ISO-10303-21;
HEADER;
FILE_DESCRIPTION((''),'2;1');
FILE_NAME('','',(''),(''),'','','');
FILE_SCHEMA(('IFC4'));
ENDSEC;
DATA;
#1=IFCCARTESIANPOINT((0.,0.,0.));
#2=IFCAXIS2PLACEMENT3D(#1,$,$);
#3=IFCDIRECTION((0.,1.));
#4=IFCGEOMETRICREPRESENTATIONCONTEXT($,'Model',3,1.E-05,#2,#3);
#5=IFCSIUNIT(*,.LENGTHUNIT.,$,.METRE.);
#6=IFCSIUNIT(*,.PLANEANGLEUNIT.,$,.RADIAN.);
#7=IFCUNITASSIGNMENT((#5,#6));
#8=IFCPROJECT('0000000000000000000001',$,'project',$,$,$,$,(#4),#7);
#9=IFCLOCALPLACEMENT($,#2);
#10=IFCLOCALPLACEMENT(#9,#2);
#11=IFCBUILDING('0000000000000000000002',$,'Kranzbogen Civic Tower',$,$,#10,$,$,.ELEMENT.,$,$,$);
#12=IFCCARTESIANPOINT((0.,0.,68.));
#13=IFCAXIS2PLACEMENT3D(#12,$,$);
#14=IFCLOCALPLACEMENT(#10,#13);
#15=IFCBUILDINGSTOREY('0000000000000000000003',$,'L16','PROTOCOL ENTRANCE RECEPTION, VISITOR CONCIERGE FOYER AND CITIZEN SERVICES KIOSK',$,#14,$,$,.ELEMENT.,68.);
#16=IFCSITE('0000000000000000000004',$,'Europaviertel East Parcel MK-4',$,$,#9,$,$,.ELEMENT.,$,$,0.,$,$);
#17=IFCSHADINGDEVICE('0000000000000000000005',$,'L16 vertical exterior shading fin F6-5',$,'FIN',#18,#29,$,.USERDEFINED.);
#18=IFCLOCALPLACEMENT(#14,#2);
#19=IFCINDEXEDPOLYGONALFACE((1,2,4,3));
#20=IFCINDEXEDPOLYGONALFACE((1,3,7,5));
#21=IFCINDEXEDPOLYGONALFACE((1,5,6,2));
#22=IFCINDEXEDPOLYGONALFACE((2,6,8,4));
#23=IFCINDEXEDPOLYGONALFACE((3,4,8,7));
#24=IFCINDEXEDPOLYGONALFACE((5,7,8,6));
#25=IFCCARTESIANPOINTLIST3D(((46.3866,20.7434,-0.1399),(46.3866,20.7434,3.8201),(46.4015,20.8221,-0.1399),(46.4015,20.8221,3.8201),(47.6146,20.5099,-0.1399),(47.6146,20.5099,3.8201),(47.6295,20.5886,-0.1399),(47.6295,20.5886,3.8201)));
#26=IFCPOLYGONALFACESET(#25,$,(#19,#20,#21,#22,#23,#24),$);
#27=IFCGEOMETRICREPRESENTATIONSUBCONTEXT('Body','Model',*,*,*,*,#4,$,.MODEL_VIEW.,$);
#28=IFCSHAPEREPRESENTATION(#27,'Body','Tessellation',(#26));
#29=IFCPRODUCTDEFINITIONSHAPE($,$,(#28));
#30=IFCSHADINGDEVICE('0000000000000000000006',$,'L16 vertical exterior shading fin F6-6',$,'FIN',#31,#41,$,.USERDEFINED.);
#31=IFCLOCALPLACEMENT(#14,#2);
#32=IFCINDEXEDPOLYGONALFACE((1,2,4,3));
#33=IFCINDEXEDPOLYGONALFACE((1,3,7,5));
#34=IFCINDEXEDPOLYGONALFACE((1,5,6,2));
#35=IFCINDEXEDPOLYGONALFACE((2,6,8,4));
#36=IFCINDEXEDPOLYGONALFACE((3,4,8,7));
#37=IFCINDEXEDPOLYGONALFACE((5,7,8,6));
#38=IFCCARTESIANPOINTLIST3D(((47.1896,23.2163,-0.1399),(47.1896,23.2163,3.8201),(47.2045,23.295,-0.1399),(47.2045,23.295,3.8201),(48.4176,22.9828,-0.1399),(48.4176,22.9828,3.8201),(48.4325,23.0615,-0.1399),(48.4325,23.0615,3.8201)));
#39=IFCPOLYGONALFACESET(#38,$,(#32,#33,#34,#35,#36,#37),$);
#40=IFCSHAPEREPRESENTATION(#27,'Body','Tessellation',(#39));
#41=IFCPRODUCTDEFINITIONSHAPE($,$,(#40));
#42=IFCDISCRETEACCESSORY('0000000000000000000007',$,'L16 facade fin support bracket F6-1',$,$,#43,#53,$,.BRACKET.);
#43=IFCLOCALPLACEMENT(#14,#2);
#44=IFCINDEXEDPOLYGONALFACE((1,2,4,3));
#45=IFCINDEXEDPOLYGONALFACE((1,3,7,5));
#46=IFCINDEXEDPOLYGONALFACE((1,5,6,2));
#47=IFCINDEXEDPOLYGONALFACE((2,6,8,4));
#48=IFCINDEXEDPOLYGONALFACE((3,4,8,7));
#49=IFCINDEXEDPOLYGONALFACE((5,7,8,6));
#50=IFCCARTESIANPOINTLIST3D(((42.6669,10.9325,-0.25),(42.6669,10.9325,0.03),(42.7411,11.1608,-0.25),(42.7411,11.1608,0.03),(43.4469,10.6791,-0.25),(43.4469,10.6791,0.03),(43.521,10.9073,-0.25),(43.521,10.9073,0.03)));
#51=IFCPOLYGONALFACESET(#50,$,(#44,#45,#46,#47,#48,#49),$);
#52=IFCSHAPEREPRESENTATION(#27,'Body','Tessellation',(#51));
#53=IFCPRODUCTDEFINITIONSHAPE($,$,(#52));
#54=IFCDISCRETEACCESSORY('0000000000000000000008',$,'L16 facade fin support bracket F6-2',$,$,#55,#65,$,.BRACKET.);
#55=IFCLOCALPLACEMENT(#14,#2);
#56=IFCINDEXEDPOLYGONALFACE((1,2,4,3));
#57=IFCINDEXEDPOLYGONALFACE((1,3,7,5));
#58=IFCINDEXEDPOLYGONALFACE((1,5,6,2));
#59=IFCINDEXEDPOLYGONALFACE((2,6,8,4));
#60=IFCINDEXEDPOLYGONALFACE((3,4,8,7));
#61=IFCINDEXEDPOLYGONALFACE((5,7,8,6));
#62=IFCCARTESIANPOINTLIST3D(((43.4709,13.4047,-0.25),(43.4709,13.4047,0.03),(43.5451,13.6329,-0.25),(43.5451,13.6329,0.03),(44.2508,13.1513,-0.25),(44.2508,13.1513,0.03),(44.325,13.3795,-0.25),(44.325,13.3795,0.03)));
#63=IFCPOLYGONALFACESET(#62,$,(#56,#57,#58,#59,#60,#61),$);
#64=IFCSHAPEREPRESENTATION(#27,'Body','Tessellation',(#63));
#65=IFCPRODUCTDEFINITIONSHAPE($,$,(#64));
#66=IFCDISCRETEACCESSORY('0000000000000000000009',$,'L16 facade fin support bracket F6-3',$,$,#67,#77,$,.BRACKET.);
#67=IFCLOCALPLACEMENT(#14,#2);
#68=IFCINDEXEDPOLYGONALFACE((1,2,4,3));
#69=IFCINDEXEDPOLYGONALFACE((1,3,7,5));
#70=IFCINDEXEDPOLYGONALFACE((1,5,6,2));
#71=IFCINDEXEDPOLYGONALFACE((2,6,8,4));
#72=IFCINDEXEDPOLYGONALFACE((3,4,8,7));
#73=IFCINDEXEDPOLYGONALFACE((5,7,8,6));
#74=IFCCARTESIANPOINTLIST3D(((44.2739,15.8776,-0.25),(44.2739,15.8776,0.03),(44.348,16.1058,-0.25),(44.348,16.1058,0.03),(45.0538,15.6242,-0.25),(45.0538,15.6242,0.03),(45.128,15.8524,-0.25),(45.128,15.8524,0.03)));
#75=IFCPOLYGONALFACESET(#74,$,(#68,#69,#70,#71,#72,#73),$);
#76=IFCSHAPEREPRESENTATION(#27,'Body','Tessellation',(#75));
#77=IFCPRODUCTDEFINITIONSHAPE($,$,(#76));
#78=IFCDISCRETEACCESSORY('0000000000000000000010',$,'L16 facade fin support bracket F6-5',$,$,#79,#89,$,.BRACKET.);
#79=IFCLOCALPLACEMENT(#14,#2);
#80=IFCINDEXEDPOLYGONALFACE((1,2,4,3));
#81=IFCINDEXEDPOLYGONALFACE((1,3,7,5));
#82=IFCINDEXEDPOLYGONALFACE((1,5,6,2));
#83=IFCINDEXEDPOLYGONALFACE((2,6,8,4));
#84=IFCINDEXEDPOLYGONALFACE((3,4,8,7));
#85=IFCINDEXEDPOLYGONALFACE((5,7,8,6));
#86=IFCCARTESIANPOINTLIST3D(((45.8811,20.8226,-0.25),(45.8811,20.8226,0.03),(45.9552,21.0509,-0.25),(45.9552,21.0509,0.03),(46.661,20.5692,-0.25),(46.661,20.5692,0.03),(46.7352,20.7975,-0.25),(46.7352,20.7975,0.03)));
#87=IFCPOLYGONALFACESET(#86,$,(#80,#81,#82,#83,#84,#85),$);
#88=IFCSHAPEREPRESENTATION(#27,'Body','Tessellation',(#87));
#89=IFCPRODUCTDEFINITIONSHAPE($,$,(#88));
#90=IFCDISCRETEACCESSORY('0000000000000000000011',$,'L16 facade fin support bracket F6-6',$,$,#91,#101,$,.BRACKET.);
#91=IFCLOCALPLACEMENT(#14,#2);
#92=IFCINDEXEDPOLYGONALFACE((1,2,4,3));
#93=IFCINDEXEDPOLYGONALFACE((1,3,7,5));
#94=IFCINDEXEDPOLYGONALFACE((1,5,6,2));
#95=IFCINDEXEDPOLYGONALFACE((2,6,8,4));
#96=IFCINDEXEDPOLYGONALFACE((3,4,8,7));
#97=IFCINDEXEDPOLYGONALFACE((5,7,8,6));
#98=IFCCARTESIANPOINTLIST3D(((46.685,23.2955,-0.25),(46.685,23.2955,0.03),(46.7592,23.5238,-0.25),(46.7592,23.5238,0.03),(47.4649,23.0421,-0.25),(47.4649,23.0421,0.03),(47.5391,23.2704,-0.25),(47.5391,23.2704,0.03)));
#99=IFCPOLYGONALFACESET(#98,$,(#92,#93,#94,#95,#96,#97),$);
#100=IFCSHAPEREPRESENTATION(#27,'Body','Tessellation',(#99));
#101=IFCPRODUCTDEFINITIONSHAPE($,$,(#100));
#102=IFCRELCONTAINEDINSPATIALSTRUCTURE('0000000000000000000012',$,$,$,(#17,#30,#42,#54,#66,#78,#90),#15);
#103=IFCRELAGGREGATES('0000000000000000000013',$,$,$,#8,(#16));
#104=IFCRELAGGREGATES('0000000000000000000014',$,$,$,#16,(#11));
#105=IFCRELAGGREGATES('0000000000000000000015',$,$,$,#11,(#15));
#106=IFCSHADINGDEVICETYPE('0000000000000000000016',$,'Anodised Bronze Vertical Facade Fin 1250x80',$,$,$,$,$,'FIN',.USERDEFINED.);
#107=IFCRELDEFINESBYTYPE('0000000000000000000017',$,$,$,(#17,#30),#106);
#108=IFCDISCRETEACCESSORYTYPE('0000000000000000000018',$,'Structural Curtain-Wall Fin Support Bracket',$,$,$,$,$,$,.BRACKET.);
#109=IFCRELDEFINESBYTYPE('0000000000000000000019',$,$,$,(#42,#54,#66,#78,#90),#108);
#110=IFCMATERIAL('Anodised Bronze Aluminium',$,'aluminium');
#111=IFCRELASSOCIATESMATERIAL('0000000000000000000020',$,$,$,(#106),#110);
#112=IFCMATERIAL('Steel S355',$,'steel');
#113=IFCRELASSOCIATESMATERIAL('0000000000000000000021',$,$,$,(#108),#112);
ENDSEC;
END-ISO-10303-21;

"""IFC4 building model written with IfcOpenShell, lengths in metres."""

from ifc_helpers import new_model, si_unit, direction, frame, origin, origin_2d, place, context, subcontext, project, spatial, rectangle, extrude, material, type_object, element, save


model = new_model("IFC4")

# Units and contexts
model_context = context("Model", 3, precision=1e-05, world=origin(), true_north=direction((0.0, 1.0)))
body_context = subcontext(model_context, "Body", "Model", "MODEL_VIEW")
ifc_project = project(units=[si_unit("LENGTHUNIT", "METRE"), si_unit("PLANEANGLEUNIT", "RADIAN")], contexts=[model_context])

# Site, building, storey
site_placement = place(None, origin())
site = spatial("IfcSite", under=ifc_project, at=site_placement, Name="Europaviertel East Parcel MK-4", CompositionType="ELEMENT", RefElevation=0.0)
building_placement = place(site_placement, origin())
building = spatial("IfcBuilding", under=site, at=building_placement, Name="Kranzbogen Civic Tower", CompositionType="ELEMENT")
storey_placement = place(building_placement, frame((0.0, 0.0, 68.0)))
storey = spatial("IfcBuildingStorey", under=building, at=storey_placement, Name="L16", Description="PROTOCOL ENTRANCE RECEPTION, VISITOR CONCIERGE FOYER AND CITIZEN SERVICES KIOSK", CompositionType="ELEMENT", Elevation=68.0)

# Shared definitions
ifc_material_1 = material(Name="Steel S355", Category="steel")

# Shading devices
ifc_material_2 = material(Name="Anodised Bronze Aluminium", Category="aluminium")
shading_device_type = type_object("IfcShadingDeviceType", Name="Anodised Bronze Vertical Facade Fin 1250x80", ElementType="FIN", PredefinedType="USERDEFINED", material=ifc_material_2)
for number, where, z_axis, x_axis, name in (
    (1, (47.0081, 20.666, -0.1399), (0.0, 0.0, 1.0), (0.982395, -0.186816, 0.0), "L16 vertical exterior shading fin F6-5"),
    (2, (47.811, 23.1389, -0.1399), (0.0, 0.0, 1.0), (0.982395, -0.186816, 0.0), "L16 vertical exterior shading fin F6-6"),
):
    element("IfcShadingDevice", number, at=place(storey_placement, frame(where, z_axis=z_axis, x_axis=x_axis)), inside=storey, type_object=shading_device_type, Name=name, ObjectType="FIN", PredefinedType="USERDEFINED", context=body_context, shape_type="SweptSolid", body=[
        extrude(rectangle(XDim=1.25, YDim=0.0801, at=origin_2d()), origin(), (0.0, 0.0, 1.0), 3.96),
    ])

# Discrete accessories
discrete_accessory_type = type_object("IfcDiscreteAccessoryType", Name="Structural Curtain-Wall Fin Support Bracket", PredefinedType="BRACKET", material=ifc_material_1)
for number, where, z_axis, x_axis, name in (
    (3, (43.094, 10.9199, -0.25), (0.0, 0.0, 1.0), (0.951057, -0.309017, 0.0), "L16 facade fin support bracket F6-1"),
    (4, (43.8979, 13.3921, -0.25), (0.0, 0.0, 1.0), (0.951057, -0.309017, 0.0), "L16 facade fin support bracket F6-2"),
    (5, (44.7009, 15.865, -0.25), (0.0, 0.0, 1.0), (0.951057, -0.309017, 0.0), "L16 facade fin support bracket F6-3"),
    (6, (46.3081, 20.8101, -0.25), (0.0, 0.0, 1.0), (0.951057, -0.309017, 0.0), "L16 facade fin support bracket F6-5"),
    (7, (47.1121, 23.283, -0.25), (0.0, 0.0, 1.0), (0.951057, -0.309017, 0.0), "L16 facade fin support bracket F6-6"),
):
    element("IfcDiscreteAccessory", number, at=place(storey_placement, frame(where, z_axis=z_axis, x_axis=x_axis)), inside=storey, type_object=discrete_accessory_type, Name=name, PredefinedType="BRACKET", context=body_context, shape_type="SweptSolid", body=[
        extrude(rectangle(XDim=0.8201, YDim=0.24, at=origin_2d()), origin(), (0.0, 0.0, 1.0), 0.28),
    ])

save(model, "model.ifc")
